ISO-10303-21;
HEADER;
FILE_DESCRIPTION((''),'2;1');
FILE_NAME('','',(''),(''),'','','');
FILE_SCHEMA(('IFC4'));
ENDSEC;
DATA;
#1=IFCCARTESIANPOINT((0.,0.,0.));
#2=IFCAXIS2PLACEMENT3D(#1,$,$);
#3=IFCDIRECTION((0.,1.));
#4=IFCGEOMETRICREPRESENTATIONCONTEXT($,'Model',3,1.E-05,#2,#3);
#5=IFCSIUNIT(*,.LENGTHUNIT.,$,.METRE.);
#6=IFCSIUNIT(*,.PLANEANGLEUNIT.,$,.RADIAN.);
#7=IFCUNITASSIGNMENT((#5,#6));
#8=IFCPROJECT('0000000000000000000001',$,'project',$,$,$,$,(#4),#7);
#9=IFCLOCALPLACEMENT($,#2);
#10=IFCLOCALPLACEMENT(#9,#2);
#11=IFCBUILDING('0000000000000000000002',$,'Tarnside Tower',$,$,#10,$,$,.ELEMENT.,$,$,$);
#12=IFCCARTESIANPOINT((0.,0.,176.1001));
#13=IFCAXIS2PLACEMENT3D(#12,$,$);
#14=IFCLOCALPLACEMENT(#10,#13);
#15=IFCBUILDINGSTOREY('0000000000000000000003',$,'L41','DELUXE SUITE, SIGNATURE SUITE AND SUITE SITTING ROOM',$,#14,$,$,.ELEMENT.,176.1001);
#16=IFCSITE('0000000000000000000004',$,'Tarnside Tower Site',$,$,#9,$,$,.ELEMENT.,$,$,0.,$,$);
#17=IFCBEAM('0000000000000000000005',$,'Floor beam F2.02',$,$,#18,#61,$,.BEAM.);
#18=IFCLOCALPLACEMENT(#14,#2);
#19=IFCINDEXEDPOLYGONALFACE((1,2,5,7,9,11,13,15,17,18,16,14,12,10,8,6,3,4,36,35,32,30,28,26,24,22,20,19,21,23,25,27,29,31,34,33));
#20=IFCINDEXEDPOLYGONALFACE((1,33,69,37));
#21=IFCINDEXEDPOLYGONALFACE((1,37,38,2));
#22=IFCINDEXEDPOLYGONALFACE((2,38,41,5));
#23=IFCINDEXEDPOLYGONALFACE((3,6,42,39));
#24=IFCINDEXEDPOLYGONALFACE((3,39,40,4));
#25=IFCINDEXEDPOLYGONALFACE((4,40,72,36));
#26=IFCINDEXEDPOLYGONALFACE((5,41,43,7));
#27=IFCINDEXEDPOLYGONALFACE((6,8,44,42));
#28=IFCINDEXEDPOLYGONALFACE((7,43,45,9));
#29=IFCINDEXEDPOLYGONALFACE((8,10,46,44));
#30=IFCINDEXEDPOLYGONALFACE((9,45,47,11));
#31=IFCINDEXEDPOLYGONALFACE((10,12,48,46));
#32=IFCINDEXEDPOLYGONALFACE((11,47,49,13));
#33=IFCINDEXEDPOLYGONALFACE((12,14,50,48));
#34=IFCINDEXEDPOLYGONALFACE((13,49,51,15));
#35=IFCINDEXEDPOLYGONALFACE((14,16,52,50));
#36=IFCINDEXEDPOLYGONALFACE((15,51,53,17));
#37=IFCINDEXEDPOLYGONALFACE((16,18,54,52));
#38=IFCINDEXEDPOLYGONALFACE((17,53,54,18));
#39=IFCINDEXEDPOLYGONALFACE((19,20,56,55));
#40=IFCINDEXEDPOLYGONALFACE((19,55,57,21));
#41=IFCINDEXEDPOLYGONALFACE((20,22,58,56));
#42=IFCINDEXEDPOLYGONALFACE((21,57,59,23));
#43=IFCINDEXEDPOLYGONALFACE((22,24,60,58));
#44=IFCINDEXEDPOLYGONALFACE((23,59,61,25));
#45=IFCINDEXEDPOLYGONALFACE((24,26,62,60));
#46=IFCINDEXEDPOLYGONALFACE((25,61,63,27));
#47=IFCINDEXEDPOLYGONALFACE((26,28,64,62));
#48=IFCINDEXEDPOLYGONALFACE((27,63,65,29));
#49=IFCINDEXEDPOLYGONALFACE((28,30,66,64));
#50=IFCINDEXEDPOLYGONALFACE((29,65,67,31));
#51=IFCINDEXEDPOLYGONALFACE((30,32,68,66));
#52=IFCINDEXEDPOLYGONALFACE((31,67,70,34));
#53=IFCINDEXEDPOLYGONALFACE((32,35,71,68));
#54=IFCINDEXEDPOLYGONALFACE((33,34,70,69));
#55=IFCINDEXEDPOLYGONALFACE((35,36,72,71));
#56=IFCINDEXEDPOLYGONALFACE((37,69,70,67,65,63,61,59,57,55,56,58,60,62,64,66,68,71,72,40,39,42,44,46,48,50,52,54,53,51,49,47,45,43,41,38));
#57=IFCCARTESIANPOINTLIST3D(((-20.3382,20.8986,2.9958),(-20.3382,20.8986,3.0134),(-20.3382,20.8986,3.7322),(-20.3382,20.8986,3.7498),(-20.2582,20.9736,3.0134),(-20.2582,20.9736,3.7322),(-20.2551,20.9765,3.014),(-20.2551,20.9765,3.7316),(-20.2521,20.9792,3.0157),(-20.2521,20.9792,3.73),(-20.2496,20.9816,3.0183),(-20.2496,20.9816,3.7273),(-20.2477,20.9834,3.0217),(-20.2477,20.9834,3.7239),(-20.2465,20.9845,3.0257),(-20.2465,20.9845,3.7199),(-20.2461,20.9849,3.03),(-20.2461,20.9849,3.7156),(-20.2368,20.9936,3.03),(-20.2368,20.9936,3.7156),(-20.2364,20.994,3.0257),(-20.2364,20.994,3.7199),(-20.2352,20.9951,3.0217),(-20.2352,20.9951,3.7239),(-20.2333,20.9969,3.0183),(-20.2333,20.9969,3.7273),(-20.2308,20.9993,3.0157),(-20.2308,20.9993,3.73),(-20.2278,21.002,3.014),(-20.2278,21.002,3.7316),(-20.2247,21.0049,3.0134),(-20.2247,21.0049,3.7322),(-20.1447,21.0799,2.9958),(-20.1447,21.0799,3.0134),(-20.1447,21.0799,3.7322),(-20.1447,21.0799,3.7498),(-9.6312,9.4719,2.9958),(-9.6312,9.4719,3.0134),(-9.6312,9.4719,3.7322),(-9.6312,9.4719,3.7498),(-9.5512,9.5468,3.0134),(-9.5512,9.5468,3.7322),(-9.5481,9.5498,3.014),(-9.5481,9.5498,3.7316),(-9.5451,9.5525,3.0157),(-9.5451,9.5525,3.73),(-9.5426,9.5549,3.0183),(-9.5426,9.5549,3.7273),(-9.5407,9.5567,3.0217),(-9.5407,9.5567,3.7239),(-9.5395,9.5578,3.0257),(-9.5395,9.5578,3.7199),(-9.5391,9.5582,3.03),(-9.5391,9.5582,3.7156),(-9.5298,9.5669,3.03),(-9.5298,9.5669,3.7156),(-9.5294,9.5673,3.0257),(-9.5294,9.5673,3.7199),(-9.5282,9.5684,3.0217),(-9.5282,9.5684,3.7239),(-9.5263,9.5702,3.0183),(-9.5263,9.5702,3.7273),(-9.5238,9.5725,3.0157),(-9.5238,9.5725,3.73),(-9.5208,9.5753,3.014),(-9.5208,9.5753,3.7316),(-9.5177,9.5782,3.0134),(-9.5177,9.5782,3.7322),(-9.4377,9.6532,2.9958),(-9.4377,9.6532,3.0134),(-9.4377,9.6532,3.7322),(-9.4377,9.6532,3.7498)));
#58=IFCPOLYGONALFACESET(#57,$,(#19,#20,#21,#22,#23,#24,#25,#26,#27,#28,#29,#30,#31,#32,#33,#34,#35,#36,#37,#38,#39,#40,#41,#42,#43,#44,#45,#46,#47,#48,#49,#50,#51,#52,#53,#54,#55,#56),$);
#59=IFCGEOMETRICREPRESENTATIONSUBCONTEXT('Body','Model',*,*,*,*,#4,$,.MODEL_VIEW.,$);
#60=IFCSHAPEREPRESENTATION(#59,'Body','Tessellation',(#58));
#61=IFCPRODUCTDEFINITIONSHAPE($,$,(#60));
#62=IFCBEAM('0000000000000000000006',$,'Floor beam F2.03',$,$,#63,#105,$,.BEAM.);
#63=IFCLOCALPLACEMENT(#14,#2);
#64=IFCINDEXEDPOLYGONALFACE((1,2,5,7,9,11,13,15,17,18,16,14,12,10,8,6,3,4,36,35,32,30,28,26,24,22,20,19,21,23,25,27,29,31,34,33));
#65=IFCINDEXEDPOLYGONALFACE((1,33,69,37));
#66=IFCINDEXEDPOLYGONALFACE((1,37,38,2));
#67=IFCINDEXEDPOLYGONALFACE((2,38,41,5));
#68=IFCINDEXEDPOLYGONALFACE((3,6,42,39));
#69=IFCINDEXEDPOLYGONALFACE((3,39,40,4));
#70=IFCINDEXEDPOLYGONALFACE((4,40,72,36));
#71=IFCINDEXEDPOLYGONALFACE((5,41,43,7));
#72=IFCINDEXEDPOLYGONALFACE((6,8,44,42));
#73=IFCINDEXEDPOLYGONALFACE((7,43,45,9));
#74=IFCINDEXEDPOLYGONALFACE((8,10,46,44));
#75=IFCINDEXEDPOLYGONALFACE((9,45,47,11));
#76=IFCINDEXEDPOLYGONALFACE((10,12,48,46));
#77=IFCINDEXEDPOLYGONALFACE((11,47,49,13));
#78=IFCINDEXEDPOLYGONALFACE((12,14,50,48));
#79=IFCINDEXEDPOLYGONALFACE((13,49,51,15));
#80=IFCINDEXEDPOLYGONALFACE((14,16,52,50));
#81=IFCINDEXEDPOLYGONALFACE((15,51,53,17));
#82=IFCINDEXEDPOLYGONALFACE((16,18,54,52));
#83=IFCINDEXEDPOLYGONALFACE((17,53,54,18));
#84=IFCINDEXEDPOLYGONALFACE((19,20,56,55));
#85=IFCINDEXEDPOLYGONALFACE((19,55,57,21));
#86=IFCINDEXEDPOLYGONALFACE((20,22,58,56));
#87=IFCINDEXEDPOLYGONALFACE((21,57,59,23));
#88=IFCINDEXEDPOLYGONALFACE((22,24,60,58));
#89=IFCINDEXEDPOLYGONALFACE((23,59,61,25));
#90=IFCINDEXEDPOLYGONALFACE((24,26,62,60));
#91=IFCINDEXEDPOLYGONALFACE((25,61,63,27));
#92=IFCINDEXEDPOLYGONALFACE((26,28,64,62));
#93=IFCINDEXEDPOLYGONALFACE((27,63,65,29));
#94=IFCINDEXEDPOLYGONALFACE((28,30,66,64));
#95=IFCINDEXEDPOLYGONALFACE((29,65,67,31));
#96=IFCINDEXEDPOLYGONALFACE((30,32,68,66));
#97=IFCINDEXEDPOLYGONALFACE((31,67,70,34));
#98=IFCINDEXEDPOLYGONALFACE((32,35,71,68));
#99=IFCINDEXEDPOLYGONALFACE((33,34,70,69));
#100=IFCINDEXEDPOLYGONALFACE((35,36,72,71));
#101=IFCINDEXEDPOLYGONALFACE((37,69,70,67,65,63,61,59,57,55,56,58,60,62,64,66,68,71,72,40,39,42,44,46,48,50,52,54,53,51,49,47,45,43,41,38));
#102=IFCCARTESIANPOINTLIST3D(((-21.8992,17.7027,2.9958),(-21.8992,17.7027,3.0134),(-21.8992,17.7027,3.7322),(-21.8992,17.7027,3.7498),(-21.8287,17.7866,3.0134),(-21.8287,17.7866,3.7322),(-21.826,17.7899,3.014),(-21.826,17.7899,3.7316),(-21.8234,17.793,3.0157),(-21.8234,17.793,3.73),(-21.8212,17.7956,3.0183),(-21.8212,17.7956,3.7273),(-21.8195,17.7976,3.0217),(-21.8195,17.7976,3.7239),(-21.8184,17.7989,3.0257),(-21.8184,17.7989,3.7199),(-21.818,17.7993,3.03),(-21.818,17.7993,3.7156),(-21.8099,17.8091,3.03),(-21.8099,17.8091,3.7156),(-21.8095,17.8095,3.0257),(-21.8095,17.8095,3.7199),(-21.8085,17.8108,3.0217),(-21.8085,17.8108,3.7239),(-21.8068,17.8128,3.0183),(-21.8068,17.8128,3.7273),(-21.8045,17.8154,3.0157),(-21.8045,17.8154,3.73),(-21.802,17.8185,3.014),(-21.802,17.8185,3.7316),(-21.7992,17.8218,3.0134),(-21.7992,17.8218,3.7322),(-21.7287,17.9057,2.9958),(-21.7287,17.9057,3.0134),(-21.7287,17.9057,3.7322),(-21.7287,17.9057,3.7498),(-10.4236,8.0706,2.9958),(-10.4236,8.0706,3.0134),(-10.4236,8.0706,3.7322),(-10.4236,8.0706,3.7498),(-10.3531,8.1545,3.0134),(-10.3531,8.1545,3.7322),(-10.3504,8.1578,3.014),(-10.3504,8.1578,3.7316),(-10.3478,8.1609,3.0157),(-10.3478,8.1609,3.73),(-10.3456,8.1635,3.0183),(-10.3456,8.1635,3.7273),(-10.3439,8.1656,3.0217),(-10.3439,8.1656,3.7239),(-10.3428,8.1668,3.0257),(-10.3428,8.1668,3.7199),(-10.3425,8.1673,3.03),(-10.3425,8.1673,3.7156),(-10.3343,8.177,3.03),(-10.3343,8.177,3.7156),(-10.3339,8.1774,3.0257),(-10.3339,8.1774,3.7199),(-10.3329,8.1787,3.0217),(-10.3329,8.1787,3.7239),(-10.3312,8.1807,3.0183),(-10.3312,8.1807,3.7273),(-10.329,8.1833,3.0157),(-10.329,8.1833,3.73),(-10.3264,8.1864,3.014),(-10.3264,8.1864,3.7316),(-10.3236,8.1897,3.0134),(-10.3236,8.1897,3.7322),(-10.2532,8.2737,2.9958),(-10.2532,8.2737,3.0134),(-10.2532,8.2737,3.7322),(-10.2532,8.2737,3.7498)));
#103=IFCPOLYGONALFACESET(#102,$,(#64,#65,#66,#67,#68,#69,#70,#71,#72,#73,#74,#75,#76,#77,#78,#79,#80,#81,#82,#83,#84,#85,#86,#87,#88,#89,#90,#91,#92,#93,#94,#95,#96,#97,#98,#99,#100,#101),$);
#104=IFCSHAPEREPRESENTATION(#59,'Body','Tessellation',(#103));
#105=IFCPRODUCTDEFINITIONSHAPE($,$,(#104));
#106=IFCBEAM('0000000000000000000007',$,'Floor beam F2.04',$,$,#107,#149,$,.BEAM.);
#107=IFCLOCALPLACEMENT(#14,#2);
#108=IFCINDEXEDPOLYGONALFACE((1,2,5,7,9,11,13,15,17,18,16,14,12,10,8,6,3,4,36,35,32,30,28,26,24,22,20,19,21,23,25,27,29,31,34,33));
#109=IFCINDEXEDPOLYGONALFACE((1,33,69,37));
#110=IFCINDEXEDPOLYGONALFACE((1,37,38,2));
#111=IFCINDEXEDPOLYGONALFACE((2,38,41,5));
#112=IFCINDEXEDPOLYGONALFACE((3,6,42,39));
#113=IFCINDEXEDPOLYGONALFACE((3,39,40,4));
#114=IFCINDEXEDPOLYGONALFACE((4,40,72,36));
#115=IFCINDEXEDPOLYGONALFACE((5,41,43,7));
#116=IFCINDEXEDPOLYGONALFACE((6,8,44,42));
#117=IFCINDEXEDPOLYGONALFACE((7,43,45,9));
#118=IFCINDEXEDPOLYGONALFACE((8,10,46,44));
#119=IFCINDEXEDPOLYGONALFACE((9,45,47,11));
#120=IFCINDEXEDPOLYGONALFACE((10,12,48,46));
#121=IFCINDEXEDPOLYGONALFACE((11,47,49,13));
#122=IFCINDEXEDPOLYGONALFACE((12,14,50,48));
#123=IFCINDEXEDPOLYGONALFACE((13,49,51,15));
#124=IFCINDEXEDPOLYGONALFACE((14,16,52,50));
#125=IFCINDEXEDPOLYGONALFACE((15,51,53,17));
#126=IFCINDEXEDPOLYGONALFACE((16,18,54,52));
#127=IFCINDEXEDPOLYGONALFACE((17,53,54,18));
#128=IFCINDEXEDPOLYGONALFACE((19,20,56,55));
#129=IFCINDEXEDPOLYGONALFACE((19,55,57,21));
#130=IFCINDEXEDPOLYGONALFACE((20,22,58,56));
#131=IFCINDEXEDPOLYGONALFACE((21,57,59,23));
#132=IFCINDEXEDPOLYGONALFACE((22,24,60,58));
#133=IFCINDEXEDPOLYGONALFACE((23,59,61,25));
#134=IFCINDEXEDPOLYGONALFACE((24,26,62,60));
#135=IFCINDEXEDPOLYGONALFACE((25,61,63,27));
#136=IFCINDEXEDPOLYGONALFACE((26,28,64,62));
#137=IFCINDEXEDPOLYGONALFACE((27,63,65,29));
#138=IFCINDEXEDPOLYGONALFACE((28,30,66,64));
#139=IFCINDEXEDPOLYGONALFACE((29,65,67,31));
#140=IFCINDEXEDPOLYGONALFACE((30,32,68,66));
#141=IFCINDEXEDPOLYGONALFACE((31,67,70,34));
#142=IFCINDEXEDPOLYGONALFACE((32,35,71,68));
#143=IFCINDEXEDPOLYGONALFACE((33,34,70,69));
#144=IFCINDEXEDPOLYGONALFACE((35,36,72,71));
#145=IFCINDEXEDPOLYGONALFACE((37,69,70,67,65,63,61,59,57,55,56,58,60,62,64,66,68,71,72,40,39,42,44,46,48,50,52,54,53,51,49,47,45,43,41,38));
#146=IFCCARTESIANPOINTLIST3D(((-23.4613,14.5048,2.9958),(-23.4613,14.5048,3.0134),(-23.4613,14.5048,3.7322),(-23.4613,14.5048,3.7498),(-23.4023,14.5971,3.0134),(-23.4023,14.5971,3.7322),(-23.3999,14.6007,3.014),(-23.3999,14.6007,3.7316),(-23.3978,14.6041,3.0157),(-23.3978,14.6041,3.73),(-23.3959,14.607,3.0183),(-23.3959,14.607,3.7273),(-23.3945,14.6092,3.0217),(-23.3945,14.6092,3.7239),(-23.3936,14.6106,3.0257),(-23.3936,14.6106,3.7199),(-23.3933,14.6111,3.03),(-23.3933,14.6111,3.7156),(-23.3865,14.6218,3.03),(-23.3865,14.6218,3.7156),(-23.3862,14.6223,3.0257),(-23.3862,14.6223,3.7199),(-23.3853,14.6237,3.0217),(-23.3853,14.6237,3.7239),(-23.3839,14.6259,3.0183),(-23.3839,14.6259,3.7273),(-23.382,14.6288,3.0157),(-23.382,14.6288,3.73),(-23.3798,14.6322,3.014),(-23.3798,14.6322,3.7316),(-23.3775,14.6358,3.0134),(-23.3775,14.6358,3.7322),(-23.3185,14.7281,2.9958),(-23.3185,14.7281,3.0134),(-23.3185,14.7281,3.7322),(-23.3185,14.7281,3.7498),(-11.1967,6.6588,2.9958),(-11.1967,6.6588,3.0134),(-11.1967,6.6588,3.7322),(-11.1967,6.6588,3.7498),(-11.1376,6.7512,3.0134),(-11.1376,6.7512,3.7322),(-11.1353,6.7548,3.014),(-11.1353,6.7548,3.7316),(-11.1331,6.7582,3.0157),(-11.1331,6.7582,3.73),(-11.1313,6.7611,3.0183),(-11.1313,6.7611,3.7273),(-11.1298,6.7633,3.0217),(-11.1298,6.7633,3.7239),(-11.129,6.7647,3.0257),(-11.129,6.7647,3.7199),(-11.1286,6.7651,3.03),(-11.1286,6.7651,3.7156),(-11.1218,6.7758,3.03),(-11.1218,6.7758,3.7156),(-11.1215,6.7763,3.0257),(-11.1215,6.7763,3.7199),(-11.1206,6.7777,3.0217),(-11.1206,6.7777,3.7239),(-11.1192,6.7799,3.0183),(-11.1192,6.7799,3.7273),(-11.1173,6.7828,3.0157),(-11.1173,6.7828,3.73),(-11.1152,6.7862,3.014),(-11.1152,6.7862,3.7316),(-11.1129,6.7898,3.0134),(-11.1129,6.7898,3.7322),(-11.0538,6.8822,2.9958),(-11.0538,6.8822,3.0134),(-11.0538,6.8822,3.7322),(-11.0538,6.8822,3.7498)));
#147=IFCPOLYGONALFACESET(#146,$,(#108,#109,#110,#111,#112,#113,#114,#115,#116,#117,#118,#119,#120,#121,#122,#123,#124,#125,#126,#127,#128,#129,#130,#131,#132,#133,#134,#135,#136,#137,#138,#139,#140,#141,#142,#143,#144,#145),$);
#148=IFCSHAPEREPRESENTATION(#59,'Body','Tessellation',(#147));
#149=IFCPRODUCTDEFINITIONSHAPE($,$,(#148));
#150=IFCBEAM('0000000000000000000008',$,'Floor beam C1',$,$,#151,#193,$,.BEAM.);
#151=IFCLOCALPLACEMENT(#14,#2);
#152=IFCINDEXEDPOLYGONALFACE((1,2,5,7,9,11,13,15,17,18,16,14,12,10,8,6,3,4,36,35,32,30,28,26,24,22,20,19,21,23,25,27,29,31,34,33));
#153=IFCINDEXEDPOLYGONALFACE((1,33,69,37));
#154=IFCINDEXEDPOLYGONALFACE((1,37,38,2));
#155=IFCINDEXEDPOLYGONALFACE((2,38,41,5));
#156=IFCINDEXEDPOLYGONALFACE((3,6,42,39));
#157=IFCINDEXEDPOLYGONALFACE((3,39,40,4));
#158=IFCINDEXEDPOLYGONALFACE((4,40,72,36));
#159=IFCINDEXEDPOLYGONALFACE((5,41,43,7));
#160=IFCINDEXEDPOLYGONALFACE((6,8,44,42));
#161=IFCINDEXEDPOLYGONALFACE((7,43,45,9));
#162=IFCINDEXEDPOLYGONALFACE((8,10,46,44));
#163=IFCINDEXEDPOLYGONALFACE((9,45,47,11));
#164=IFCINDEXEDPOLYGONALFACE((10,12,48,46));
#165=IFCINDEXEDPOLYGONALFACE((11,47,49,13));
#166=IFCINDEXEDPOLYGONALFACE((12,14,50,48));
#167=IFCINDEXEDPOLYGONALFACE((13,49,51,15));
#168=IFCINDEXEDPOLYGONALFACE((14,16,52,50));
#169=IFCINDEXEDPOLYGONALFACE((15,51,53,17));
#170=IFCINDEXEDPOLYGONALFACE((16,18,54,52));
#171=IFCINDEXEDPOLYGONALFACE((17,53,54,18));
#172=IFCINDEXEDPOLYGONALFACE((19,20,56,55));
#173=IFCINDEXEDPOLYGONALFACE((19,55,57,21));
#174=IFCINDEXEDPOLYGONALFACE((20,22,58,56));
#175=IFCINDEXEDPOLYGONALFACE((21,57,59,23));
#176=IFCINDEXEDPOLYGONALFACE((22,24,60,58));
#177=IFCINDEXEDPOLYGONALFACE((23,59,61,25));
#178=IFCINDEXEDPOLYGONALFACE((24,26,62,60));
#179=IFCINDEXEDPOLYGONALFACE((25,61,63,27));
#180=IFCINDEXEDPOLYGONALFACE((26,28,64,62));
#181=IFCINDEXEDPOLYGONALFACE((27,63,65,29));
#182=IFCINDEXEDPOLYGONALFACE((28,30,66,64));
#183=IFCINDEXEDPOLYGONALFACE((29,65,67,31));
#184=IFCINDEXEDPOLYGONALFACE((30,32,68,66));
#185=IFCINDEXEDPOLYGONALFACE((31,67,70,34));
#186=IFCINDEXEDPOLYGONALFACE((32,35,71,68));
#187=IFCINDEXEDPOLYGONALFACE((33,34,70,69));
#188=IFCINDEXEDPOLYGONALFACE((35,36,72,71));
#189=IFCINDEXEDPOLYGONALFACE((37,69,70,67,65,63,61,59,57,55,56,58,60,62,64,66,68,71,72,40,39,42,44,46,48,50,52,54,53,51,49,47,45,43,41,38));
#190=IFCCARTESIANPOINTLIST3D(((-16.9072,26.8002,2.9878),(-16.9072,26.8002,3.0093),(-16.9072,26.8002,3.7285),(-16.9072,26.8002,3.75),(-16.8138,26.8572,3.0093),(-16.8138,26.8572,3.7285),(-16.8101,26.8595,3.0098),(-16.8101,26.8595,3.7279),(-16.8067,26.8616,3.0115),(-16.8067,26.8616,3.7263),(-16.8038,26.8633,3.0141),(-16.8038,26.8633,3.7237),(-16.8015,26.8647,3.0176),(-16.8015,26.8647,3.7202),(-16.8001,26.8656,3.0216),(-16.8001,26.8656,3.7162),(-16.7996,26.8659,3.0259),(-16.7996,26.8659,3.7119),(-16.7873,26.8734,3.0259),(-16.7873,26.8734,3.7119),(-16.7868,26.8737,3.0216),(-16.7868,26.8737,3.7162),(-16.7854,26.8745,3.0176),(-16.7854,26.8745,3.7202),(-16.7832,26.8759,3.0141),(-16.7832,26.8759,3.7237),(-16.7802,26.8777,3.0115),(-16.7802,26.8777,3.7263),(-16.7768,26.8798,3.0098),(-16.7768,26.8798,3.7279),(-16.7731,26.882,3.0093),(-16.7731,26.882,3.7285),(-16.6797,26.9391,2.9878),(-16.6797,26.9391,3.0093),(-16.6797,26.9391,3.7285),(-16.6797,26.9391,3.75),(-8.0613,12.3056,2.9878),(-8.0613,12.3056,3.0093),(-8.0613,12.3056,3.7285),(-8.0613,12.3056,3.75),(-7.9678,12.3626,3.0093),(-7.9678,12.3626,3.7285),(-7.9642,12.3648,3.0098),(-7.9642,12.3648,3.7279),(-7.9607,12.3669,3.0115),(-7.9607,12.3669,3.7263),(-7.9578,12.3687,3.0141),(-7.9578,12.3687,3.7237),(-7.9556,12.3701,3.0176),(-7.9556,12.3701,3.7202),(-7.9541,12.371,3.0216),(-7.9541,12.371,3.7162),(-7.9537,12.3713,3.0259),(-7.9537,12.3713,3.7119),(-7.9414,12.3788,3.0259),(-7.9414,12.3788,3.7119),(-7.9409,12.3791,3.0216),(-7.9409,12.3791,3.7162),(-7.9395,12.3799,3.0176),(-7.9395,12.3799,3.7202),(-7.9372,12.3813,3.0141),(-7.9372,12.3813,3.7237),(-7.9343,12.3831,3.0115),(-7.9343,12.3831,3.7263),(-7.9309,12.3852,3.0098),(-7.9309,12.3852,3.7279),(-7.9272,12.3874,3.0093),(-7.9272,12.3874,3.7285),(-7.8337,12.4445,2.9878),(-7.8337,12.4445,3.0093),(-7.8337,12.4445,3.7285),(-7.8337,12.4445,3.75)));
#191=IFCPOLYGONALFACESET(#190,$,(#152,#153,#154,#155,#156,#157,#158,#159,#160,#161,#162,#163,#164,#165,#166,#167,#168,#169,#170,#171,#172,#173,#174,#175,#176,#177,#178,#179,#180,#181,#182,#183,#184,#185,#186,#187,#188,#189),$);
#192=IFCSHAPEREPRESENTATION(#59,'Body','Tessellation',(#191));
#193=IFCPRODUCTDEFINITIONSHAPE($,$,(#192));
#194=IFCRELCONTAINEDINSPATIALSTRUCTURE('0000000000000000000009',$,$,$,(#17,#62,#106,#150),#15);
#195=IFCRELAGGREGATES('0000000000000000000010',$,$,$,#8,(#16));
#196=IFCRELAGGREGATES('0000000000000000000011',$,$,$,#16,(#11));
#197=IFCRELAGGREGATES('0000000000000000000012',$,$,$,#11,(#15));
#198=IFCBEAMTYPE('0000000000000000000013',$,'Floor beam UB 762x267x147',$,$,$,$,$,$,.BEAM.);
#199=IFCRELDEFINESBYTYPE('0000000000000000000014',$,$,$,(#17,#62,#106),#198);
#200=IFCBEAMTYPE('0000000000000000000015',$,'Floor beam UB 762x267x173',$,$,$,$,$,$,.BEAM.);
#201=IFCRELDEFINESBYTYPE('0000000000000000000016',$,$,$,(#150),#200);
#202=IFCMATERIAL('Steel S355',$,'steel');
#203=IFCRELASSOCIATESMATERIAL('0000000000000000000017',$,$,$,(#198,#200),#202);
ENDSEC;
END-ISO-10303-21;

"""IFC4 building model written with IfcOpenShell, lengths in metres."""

from ifc_helpers import new_model, si_unit, direction, frame, origin, origin_2d, place, context, subcontext, project, spatial, i_section, extrude, material, material_profile, profile_set, type_object, element, save


model = new_model("IFC4")

# Units and contexts
model_context = context("Model", 3, precision=1e-05, world=origin(), true_north=direction((0.0, 1.0)))
body_context = subcontext(model_context, "Body", "Model", "MODEL_VIEW")
ifc_project = project(units=[si_unit("LENGTHUNIT", "METRE"), si_unit("PLANEANGLEUNIT", "RADIAN")], contexts=[model_context])

# Site, building, storey
site_placement = place(None, origin())
site = spatial("IfcSite", under=ifc_project, at=site_placement, Name="Tarnside Tower Site", CompositionType="ELEMENT", RefElevation=0.0)
building_placement = place(site_placement, origin())
building = spatial("IfcBuilding", under=site, at=building_placement, Name="Tarnside Tower", CompositionType="ELEMENT")
storey_placement = place(building_placement, frame((0.0, 0.0, 176.1001)))
storey = spatial("IfcBuildingStorey", under=building, at=storey_placement, Name="L41", Description="DELUXE SUITE, SIGNATURE SUITE AND SUITE SITTING ROOM", CompositionType="ELEMENT", Elevation=176.1001)

# Beams
ifc_material_1 = material(Name="Steel S355", Category="steel")
ifc_material_profile_1 = material_profile(ifc_material_1, i_section(OverallWidth=0.2651, OverallDepth=0.7539, WebThickness=0.0127, FlangeThickness=0.0176, FilletRadius=0.0166, at=origin_2d()), Name="UB 762x267x147")
ifc_profile_set_1 = profile_set([ifc_material_profile_1], Name="Steel S355")
beam_type_1 = type_object("IfcBeamType", Name="Floor beam UB 762x267x147", PredefinedType="BEAM", material=ifc_profile_set_1)
beam_1_placement = place(storey_placement, frame((-20.2415, 20.9893, 3.3728), z_axis=(0.683752, -0.729714, 0.0), x_axis=(0.729714, 0.683752, 0.0)))
element("IfcBeam", 1, at=beam_1_placement, inside=storey, type_object=beam_type_1, Name="Floor beam F2.02", PredefinedType="BEAM", context=body_context, shape_type="SweptSolid", body=[
    extrude(i_section(OverallWidth=0.2651, OverallDepth=0.7539, WebThickness=0.0127, FlangeThickness=0.0176, FilletRadius=0.0166, at=origin_2d()), origin(), (0.0, 0.0, 1.0), 15.6592),
])
beam_2_placement = place(storey_placement, frame((-21.814, 17.8042, 3.3728), z_axis=(0.765948, -0.642902, 0.0), x_axis=(0.642902, 0.765948, 0.0)))
element("IfcBeam", 2, at=beam_2_placement, inside=storey, type_object=beam_type_1, Name="Floor beam F2.03", PredefinedType="BEAM", context=body_context, shape_type="SweptSolid", body=[
    extrude(i_section(OverallWidth=0.2651, OverallDepth=0.7539, WebThickness=0.0127, FlangeThickness=0.0176, FilletRadius=0.0166, at=origin_2d()), origin(), (0.0, 0.0, 1.0), 14.9822),
])
beam_3_placement = place(storey_placement, frame((-23.3899, 14.6165, 3.3728), z_axis=(0.842378, -0.538887, 0.0), x_axis=(0.538887, 0.842378, 0.0)))
element("IfcBeam", 3, at=beam_3_placement, inside=storey, type_object=beam_type_1, Name="Floor beam F2.04", PredefinedType="BEAM", context=body_context, shape_type="SweptSolid", body=[
    extrude(i_section(OverallWidth=0.2651, OverallDepth=0.7539, WebThickness=0.0127, FlangeThickness=0.0176, FilletRadius=0.0166, at=origin_2d()), origin(), (0.0, 0.0, 1.0), 14.5596),
])
ifc_material_profile_2 = material_profile(ifc_material_1, i_section(OverallWidth=0.2666, OverallDepth=0.7622, WebThickness=0.0144, FlangeThickness=0.0215, FilletRadius=0.0166, at=origin_2d()), Name="UB 762x267x173")
ifc_profile_set_2 = profile_set([ifc_material_profile_2], Name="Steel S355")
beam_type_2 = type_object("IfcBeamType", Name="Floor beam UB 762x267x173", PredefinedType="BEAM", material=ifc_profile_set_2)
beam_4_placement = place(storey_placement, frame((-16.7935, 26.8696, 3.3689), z_axis=(0.52094, -0.853593, 0.0), x_axis=(0.853593, 0.52094, 0.0)))
element("IfcBeam", 4, at=beam_4_placement, inside=storey, type_object=beam_type_2, Name="Floor beam C1", PredefinedType="BEAM", context=body_context, shape_type="SweptSolid", body=[
    extrude(i_section(OverallWidth=0.2666, OverallDepth=0.7622, WebThickness=0.0144, FlangeThickness=0.0215, FilletRadius=0.0166, at=origin_2d()), origin(), (0.0, 0.0, 1.0), 16.9807),
])

save(model, "model.ifc")
